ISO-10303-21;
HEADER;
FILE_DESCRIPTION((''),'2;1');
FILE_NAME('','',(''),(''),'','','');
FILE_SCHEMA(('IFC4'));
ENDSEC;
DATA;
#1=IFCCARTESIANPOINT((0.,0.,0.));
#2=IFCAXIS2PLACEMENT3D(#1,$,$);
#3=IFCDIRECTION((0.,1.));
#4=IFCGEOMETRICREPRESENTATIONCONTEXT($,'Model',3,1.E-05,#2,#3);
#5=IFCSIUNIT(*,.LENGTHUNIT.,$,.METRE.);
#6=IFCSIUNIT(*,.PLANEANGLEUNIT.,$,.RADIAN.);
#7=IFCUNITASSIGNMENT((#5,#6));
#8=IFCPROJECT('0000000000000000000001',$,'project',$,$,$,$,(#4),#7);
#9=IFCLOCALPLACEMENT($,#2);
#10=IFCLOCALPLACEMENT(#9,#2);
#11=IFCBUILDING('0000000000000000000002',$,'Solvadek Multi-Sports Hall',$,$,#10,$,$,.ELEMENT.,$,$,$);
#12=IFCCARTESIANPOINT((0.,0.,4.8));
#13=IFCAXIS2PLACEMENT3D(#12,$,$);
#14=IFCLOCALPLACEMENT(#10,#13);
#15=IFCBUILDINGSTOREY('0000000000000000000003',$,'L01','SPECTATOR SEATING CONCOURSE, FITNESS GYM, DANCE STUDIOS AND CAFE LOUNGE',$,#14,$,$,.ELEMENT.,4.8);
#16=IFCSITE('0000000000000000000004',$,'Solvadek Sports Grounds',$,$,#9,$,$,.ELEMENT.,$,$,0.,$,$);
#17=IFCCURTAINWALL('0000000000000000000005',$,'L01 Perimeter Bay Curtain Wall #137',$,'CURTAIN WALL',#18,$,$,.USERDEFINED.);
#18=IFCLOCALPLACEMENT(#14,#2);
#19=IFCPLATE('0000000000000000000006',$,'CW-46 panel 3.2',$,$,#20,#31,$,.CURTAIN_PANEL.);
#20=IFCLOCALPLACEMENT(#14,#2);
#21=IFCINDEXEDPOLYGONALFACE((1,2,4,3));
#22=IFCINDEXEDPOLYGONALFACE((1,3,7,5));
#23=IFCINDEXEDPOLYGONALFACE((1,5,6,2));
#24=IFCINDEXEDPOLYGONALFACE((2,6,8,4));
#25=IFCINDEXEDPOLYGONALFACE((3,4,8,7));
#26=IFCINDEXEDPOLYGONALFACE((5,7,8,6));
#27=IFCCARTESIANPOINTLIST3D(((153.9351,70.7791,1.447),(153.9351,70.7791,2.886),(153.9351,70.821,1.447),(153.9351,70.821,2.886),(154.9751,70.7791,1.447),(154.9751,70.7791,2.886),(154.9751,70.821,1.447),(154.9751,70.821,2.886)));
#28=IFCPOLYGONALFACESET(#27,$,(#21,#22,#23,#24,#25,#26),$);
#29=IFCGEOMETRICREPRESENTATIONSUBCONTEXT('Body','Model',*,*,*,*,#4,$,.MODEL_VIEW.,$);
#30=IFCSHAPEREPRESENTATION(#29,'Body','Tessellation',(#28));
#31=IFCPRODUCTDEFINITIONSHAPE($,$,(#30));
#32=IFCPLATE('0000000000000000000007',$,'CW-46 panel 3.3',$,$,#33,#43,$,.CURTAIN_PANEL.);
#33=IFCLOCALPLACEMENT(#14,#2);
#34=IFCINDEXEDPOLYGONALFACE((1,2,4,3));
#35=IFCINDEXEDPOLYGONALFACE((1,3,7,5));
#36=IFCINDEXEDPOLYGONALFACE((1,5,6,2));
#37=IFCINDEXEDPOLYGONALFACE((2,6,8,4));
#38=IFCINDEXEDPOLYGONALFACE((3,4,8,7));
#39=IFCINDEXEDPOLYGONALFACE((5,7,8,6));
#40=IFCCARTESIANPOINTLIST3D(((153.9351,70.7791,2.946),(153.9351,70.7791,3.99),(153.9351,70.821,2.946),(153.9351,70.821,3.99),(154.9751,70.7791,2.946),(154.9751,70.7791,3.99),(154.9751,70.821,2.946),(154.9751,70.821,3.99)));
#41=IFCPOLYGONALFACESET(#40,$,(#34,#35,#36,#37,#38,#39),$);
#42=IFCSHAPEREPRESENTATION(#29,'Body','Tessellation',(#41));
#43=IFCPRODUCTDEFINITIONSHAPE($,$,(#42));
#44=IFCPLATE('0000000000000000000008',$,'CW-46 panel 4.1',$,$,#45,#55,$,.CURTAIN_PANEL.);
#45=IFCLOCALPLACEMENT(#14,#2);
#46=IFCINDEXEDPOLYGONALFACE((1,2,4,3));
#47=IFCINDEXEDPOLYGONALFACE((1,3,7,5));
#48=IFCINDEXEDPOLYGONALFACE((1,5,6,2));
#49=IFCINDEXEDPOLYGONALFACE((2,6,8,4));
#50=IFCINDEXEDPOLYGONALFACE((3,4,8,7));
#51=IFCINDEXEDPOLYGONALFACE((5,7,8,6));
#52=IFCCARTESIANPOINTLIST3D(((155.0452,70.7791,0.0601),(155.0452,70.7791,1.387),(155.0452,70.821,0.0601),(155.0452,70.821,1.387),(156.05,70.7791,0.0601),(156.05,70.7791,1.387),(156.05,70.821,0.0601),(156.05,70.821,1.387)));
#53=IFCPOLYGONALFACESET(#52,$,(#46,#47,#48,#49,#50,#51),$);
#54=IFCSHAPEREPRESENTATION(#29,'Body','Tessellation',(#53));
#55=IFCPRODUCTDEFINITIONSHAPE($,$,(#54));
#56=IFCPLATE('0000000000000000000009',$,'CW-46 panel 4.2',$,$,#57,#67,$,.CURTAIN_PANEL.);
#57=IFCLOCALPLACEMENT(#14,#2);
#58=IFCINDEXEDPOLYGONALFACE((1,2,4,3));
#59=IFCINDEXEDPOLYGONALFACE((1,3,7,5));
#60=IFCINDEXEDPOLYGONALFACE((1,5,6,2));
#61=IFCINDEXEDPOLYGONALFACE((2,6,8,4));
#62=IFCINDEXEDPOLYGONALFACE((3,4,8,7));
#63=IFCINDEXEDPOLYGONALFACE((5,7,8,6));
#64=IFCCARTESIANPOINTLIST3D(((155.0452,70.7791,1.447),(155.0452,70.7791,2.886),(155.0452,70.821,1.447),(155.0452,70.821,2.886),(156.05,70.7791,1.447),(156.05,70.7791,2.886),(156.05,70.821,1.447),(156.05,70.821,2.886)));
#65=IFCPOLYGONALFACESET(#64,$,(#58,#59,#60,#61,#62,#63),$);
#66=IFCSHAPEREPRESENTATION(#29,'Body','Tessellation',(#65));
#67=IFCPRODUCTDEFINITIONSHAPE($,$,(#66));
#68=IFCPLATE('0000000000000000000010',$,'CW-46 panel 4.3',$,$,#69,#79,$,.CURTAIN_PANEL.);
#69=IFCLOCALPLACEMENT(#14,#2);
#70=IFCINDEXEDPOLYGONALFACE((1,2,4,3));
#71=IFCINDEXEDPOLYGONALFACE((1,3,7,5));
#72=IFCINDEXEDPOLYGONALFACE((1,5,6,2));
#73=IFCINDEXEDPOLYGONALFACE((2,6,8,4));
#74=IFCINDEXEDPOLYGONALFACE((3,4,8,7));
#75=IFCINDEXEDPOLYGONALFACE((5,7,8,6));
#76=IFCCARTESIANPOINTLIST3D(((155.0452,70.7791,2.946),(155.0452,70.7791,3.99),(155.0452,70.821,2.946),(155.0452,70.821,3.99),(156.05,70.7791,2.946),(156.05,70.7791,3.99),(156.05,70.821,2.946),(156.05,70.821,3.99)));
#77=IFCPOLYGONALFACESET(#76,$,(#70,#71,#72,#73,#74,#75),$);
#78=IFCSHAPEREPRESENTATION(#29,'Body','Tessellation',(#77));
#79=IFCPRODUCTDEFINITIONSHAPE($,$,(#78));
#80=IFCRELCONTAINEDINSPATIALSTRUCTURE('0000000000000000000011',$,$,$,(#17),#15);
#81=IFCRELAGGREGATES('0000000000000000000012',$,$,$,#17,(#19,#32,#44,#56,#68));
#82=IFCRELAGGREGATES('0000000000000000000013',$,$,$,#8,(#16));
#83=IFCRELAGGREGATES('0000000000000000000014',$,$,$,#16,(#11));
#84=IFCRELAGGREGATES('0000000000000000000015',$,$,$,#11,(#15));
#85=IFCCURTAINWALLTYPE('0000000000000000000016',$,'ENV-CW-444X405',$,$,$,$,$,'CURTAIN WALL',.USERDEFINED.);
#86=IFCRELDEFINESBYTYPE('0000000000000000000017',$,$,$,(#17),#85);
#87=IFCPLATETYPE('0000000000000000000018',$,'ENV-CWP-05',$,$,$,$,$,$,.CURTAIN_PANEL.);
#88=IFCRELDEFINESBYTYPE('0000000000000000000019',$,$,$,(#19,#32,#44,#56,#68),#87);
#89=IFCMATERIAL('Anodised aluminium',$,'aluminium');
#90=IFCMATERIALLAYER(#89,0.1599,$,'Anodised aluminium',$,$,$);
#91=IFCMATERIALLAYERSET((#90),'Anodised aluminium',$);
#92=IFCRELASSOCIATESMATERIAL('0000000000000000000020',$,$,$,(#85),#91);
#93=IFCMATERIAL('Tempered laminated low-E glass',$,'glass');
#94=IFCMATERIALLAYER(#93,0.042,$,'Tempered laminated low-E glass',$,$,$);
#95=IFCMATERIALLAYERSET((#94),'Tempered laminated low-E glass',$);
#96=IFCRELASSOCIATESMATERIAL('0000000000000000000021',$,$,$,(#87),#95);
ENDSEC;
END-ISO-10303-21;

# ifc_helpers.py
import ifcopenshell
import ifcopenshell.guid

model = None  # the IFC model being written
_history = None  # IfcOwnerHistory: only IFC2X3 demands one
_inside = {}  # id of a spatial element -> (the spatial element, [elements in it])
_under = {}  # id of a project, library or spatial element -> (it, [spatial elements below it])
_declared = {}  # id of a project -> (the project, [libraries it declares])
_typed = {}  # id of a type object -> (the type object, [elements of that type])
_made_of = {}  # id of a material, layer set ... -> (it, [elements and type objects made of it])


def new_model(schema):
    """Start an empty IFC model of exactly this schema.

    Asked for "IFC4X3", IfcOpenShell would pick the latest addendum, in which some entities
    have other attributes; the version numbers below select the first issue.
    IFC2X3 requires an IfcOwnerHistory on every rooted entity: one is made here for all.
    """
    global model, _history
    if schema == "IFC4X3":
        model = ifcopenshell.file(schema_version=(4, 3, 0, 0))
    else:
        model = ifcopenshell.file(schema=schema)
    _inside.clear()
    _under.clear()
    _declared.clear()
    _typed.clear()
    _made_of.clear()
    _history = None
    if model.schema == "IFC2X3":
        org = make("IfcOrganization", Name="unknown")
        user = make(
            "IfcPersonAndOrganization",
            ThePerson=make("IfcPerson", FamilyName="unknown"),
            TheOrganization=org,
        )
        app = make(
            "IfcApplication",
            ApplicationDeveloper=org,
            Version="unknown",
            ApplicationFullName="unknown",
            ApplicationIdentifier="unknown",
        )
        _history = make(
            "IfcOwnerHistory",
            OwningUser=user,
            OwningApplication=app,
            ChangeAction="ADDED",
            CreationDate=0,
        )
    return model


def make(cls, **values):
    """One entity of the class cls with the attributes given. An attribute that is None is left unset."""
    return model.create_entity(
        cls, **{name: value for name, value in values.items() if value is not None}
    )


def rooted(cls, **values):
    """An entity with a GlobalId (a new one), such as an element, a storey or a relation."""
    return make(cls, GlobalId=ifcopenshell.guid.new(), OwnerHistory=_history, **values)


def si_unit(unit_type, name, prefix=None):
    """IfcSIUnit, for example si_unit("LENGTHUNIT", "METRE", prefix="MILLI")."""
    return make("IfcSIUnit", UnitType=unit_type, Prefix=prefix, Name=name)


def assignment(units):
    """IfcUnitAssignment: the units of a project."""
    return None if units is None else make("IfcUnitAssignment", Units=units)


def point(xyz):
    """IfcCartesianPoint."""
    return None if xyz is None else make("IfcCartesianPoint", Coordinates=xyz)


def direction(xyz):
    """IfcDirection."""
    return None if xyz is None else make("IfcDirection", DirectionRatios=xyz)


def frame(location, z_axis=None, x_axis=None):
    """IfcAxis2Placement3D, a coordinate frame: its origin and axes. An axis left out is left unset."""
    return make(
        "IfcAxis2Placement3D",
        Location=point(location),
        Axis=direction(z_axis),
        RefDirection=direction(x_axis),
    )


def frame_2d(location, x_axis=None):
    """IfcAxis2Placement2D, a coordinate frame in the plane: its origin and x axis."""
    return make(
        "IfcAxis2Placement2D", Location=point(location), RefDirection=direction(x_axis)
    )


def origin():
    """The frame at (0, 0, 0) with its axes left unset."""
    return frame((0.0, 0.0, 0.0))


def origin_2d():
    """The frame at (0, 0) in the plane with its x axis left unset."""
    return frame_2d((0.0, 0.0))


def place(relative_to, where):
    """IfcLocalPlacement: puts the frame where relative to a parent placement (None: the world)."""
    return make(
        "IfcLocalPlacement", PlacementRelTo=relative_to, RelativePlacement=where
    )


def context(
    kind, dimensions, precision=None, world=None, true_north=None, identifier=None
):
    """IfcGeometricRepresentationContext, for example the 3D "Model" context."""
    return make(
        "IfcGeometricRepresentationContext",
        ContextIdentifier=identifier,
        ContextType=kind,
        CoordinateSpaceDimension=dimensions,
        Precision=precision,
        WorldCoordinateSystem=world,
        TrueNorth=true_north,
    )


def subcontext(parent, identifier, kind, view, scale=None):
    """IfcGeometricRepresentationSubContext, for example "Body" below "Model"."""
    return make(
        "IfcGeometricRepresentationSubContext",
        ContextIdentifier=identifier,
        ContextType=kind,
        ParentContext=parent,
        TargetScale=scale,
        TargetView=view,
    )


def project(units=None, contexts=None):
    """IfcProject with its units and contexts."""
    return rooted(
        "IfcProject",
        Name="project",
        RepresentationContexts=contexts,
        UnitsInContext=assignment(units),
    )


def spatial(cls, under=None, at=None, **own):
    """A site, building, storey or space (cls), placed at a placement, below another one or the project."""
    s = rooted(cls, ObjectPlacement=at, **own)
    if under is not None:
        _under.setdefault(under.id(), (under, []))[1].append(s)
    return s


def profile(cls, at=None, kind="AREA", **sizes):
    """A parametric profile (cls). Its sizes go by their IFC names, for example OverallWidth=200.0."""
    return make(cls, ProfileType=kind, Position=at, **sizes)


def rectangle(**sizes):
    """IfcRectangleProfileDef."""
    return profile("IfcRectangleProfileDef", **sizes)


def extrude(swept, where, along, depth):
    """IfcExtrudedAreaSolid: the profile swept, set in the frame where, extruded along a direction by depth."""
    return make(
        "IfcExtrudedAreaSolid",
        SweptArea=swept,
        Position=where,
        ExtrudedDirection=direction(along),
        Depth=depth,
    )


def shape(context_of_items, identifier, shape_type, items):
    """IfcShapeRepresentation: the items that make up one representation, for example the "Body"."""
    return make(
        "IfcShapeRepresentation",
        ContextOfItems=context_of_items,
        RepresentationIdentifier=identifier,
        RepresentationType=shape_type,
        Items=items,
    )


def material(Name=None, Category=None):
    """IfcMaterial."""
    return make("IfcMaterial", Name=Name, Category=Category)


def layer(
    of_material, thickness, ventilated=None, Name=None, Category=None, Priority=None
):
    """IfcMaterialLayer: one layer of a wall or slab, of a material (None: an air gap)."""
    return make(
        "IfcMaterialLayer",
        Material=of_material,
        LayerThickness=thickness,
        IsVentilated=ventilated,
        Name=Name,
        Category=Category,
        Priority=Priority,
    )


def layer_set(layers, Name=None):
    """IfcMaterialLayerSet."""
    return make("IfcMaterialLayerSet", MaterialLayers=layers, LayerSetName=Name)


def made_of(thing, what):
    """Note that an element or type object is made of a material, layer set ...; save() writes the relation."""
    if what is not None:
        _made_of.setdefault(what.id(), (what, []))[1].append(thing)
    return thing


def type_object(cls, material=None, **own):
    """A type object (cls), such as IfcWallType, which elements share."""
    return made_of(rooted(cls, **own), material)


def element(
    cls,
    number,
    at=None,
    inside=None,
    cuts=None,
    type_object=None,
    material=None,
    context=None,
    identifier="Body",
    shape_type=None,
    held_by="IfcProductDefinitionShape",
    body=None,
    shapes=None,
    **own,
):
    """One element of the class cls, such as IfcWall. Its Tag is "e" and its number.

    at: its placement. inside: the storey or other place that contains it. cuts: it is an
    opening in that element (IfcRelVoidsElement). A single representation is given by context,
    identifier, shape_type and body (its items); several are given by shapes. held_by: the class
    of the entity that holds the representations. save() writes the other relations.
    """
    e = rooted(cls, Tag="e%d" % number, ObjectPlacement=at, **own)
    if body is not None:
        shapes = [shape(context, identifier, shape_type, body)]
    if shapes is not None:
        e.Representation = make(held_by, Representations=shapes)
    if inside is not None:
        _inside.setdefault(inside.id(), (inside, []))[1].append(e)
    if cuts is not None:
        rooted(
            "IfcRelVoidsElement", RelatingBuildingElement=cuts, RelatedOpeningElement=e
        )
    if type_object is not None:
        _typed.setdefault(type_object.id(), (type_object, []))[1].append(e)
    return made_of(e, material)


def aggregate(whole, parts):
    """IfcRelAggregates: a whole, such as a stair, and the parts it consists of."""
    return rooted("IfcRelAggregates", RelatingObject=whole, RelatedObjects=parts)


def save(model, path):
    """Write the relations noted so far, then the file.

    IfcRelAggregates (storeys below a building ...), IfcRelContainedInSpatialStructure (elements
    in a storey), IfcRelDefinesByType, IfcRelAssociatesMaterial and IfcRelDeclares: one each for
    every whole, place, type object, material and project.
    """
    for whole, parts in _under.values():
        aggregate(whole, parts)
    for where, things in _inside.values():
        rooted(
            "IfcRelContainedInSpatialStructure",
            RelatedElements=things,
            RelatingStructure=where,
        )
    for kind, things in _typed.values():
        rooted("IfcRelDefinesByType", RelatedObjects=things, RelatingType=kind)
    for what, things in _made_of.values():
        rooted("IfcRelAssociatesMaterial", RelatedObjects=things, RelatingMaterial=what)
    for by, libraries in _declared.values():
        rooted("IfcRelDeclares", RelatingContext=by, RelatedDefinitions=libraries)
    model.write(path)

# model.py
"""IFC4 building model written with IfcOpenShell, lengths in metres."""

from ifc_helpers import new_model, si_unit, direction, frame, origin, origin_2d, place, context, subcontext, project, spatial, rectangle, extrude, material, layer, layer_set, type_object, element, aggregate, save


model = new_model("IFC4")

# Units and contexts
model_context = context("Model", 3, precision=1e-05, world=origin(), true_north=direction((0.0, 1.0)))
body_context = subcontext(model_context, "Body", "Model", "MODEL_VIEW")
ifc_project = project(units=[si_unit("LENGTHUNIT", "METRE"), si_unit("PLANEANGLEUNIT", "RADIAN")], contexts=[model_context])

# Site, building, storey
site_placement = place(None, origin())
site = spatial("IfcSite", under=ifc_project, at=site_placement, Name="Solvadek Sports Grounds", CompositionType="ELEMENT", RefElevation=0.0)
building_placement = place(site_placement, origin())
building = spatial("IfcBuilding", under=site, at=building_placement, Name="Solvadek Multi-Sports Hall", CompositionType="ELEMENT")
storey_placement = place(building_placement, frame((0.0, 0.0, 4.8)))
storey = spatial("IfcBuildingStorey", under=building, at=storey_placement, Name="L01", Description="SPECTATOR SEATING CONCOURSE, FITNESS GYM, DANCE STUDIOS AND CAFE LOUNGE", CompositionType="ELEMENT", Elevation=4.8)

# Curtain wall, plates
ifc_material_1 = material(Name="Anodised aluminium", Category="aluminium")
ifc_layer_1 = layer(ifc_material_1, 0.1599, Name="Anodised aluminium")
ifc_layer_set_1 = layer_set([ifc_layer_1], Name="Anodised aluminium")
curtain_wall_type = type_object("IfcCurtainWallType", Name="ENV-CW-444X405", ElementType="CURTAIN WALL", PredefinedType="USERDEFINED", material=ifc_layer_set_1)
curtain_wall_placement = place(storey_placement, origin())
curtain_wall = element("IfcCurtainWall", 1, at=curtain_wall_placement, inside=storey, type_object=curtain_wall_type, Name="L01 Perimeter Bay Curtain Wall #137", ObjectType="CURTAIN WALL", PredefinedType="USERDEFINED")
ifc_material_2 = material(Name="Tempered laminated low-E glass", Category="glass")
ifc_layer_2 = layer(ifc_material_2, 0.042, Name="Tempered laminated low-E glass")
ifc_layer_set_2 = layer_set([ifc_layer_2], Name="Tempered laminated low-E glass")
plate_type = type_object("IfcPlateType", Name="ENV-CWP-05", PredefinedType="CURTAIN_PANEL", material=ifc_layer_set_2)
plate_1_placement = place(storey_placement, frame((154.4551, 70.8, 1.447), z_axis=(0.0, 0.0, 1.0), x_axis=(1.0, 0.0, 0.0)))
plate_1 = element("IfcPlate", 2, at=plate_1_placement, type_object=plate_type, Name="CW-46 panel 3.2", PredefinedType="CURTAIN_PANEL", context=body_context, shape_type="SweptSolid", body=[
    extrude(rectangle(XDim=1.04, YDim=0.042, at=origin_2d()), origin(), (0.0, 0.0, 1.0), 1.439),
])
plate_2_placement = place(storey_placement, frame((154.4551, 70.8, 2.946), z_axis=(0.0, 0.0, 1.0), x_axis=(1.0, 0.0, 0.0)))
plate_2 = element("IfcPlate", 3, at=plate_2_placement, type_object=plate_type, Name="CW-46 panel 3.3", PredefinedType="CURTAIN_PANEL", context=body_context, shape_type="SweptSolid", body=[
    extrude(rectangle(XDim=1.04, YDim=0.042, at=origin_2d()), origin(), (0.0, 0.0, 1.0), 1.0439),
])
plate_3_placement = place(storey_placement, frame((155.5476, 70.8, 0.0601), z_axis=(0.0, 0.0, 1.0), x_axis=(1.0, 0.0, 0.0)))
plate_3 = element("IfcPlate", 4, at=plate_3_placement, type_object=plate_type, Name="CW-46 panel 4.1", PredefinedType="CURTAIN_PANEL", context=body_context, shape_type="SweptSolid", body=[
    extrude(rectangle(XDim=1.0049, YDim=0.042, at=origin_2d()), origin(), (0.0, 0.0, 1.0), 1.3269),
])
plate_4_placement = place(storey_placement, frame((155.5476, 70.8, 1.447), z_axis=(0.0, 0.0, 1.0), x_axis=(1.0, 0.0, 0.0)))
plate_4 = element("IfcPlate", 5, at=plate_4_placement, type_object=plate_type, Name="CW-46 panel 4.2", PredefinedType="CURTAIN_PANEL", context=body_context, shape_type="SweptSolid", body=[
    extrude(rectangle(XDim=1.0049, YDim=0.042, at=origin_2d()), origin(), (0.0, 0.0, 1.0), 1.439),
])
plate_5_placement = place(storey_placement, frame((155.5476, 70.8, 2.946), z_axis=(0.0, 0.0, 1.0), x_axis=(1.0, 0.0, 0.0)))
plate_5 = element("IfcPlate", 6, at=plate_5_placement, type_object=plate_type, Name="CW-46 panel 4.3", PredefinedType="CURTAIN_PANEL", context=body_context, shape_type="SweptSolid", body=[
    extrude(rectangle(XDim=1.0049, YDim=0.042, at=origin_2d()), origin(), (0.0, 0.0, 1.0), 1.0439),
])
aggregate(curtain_wall, [plate_1, plate_2, plate_3, plate_4, plate_5])

save(model, "model.ifc")
